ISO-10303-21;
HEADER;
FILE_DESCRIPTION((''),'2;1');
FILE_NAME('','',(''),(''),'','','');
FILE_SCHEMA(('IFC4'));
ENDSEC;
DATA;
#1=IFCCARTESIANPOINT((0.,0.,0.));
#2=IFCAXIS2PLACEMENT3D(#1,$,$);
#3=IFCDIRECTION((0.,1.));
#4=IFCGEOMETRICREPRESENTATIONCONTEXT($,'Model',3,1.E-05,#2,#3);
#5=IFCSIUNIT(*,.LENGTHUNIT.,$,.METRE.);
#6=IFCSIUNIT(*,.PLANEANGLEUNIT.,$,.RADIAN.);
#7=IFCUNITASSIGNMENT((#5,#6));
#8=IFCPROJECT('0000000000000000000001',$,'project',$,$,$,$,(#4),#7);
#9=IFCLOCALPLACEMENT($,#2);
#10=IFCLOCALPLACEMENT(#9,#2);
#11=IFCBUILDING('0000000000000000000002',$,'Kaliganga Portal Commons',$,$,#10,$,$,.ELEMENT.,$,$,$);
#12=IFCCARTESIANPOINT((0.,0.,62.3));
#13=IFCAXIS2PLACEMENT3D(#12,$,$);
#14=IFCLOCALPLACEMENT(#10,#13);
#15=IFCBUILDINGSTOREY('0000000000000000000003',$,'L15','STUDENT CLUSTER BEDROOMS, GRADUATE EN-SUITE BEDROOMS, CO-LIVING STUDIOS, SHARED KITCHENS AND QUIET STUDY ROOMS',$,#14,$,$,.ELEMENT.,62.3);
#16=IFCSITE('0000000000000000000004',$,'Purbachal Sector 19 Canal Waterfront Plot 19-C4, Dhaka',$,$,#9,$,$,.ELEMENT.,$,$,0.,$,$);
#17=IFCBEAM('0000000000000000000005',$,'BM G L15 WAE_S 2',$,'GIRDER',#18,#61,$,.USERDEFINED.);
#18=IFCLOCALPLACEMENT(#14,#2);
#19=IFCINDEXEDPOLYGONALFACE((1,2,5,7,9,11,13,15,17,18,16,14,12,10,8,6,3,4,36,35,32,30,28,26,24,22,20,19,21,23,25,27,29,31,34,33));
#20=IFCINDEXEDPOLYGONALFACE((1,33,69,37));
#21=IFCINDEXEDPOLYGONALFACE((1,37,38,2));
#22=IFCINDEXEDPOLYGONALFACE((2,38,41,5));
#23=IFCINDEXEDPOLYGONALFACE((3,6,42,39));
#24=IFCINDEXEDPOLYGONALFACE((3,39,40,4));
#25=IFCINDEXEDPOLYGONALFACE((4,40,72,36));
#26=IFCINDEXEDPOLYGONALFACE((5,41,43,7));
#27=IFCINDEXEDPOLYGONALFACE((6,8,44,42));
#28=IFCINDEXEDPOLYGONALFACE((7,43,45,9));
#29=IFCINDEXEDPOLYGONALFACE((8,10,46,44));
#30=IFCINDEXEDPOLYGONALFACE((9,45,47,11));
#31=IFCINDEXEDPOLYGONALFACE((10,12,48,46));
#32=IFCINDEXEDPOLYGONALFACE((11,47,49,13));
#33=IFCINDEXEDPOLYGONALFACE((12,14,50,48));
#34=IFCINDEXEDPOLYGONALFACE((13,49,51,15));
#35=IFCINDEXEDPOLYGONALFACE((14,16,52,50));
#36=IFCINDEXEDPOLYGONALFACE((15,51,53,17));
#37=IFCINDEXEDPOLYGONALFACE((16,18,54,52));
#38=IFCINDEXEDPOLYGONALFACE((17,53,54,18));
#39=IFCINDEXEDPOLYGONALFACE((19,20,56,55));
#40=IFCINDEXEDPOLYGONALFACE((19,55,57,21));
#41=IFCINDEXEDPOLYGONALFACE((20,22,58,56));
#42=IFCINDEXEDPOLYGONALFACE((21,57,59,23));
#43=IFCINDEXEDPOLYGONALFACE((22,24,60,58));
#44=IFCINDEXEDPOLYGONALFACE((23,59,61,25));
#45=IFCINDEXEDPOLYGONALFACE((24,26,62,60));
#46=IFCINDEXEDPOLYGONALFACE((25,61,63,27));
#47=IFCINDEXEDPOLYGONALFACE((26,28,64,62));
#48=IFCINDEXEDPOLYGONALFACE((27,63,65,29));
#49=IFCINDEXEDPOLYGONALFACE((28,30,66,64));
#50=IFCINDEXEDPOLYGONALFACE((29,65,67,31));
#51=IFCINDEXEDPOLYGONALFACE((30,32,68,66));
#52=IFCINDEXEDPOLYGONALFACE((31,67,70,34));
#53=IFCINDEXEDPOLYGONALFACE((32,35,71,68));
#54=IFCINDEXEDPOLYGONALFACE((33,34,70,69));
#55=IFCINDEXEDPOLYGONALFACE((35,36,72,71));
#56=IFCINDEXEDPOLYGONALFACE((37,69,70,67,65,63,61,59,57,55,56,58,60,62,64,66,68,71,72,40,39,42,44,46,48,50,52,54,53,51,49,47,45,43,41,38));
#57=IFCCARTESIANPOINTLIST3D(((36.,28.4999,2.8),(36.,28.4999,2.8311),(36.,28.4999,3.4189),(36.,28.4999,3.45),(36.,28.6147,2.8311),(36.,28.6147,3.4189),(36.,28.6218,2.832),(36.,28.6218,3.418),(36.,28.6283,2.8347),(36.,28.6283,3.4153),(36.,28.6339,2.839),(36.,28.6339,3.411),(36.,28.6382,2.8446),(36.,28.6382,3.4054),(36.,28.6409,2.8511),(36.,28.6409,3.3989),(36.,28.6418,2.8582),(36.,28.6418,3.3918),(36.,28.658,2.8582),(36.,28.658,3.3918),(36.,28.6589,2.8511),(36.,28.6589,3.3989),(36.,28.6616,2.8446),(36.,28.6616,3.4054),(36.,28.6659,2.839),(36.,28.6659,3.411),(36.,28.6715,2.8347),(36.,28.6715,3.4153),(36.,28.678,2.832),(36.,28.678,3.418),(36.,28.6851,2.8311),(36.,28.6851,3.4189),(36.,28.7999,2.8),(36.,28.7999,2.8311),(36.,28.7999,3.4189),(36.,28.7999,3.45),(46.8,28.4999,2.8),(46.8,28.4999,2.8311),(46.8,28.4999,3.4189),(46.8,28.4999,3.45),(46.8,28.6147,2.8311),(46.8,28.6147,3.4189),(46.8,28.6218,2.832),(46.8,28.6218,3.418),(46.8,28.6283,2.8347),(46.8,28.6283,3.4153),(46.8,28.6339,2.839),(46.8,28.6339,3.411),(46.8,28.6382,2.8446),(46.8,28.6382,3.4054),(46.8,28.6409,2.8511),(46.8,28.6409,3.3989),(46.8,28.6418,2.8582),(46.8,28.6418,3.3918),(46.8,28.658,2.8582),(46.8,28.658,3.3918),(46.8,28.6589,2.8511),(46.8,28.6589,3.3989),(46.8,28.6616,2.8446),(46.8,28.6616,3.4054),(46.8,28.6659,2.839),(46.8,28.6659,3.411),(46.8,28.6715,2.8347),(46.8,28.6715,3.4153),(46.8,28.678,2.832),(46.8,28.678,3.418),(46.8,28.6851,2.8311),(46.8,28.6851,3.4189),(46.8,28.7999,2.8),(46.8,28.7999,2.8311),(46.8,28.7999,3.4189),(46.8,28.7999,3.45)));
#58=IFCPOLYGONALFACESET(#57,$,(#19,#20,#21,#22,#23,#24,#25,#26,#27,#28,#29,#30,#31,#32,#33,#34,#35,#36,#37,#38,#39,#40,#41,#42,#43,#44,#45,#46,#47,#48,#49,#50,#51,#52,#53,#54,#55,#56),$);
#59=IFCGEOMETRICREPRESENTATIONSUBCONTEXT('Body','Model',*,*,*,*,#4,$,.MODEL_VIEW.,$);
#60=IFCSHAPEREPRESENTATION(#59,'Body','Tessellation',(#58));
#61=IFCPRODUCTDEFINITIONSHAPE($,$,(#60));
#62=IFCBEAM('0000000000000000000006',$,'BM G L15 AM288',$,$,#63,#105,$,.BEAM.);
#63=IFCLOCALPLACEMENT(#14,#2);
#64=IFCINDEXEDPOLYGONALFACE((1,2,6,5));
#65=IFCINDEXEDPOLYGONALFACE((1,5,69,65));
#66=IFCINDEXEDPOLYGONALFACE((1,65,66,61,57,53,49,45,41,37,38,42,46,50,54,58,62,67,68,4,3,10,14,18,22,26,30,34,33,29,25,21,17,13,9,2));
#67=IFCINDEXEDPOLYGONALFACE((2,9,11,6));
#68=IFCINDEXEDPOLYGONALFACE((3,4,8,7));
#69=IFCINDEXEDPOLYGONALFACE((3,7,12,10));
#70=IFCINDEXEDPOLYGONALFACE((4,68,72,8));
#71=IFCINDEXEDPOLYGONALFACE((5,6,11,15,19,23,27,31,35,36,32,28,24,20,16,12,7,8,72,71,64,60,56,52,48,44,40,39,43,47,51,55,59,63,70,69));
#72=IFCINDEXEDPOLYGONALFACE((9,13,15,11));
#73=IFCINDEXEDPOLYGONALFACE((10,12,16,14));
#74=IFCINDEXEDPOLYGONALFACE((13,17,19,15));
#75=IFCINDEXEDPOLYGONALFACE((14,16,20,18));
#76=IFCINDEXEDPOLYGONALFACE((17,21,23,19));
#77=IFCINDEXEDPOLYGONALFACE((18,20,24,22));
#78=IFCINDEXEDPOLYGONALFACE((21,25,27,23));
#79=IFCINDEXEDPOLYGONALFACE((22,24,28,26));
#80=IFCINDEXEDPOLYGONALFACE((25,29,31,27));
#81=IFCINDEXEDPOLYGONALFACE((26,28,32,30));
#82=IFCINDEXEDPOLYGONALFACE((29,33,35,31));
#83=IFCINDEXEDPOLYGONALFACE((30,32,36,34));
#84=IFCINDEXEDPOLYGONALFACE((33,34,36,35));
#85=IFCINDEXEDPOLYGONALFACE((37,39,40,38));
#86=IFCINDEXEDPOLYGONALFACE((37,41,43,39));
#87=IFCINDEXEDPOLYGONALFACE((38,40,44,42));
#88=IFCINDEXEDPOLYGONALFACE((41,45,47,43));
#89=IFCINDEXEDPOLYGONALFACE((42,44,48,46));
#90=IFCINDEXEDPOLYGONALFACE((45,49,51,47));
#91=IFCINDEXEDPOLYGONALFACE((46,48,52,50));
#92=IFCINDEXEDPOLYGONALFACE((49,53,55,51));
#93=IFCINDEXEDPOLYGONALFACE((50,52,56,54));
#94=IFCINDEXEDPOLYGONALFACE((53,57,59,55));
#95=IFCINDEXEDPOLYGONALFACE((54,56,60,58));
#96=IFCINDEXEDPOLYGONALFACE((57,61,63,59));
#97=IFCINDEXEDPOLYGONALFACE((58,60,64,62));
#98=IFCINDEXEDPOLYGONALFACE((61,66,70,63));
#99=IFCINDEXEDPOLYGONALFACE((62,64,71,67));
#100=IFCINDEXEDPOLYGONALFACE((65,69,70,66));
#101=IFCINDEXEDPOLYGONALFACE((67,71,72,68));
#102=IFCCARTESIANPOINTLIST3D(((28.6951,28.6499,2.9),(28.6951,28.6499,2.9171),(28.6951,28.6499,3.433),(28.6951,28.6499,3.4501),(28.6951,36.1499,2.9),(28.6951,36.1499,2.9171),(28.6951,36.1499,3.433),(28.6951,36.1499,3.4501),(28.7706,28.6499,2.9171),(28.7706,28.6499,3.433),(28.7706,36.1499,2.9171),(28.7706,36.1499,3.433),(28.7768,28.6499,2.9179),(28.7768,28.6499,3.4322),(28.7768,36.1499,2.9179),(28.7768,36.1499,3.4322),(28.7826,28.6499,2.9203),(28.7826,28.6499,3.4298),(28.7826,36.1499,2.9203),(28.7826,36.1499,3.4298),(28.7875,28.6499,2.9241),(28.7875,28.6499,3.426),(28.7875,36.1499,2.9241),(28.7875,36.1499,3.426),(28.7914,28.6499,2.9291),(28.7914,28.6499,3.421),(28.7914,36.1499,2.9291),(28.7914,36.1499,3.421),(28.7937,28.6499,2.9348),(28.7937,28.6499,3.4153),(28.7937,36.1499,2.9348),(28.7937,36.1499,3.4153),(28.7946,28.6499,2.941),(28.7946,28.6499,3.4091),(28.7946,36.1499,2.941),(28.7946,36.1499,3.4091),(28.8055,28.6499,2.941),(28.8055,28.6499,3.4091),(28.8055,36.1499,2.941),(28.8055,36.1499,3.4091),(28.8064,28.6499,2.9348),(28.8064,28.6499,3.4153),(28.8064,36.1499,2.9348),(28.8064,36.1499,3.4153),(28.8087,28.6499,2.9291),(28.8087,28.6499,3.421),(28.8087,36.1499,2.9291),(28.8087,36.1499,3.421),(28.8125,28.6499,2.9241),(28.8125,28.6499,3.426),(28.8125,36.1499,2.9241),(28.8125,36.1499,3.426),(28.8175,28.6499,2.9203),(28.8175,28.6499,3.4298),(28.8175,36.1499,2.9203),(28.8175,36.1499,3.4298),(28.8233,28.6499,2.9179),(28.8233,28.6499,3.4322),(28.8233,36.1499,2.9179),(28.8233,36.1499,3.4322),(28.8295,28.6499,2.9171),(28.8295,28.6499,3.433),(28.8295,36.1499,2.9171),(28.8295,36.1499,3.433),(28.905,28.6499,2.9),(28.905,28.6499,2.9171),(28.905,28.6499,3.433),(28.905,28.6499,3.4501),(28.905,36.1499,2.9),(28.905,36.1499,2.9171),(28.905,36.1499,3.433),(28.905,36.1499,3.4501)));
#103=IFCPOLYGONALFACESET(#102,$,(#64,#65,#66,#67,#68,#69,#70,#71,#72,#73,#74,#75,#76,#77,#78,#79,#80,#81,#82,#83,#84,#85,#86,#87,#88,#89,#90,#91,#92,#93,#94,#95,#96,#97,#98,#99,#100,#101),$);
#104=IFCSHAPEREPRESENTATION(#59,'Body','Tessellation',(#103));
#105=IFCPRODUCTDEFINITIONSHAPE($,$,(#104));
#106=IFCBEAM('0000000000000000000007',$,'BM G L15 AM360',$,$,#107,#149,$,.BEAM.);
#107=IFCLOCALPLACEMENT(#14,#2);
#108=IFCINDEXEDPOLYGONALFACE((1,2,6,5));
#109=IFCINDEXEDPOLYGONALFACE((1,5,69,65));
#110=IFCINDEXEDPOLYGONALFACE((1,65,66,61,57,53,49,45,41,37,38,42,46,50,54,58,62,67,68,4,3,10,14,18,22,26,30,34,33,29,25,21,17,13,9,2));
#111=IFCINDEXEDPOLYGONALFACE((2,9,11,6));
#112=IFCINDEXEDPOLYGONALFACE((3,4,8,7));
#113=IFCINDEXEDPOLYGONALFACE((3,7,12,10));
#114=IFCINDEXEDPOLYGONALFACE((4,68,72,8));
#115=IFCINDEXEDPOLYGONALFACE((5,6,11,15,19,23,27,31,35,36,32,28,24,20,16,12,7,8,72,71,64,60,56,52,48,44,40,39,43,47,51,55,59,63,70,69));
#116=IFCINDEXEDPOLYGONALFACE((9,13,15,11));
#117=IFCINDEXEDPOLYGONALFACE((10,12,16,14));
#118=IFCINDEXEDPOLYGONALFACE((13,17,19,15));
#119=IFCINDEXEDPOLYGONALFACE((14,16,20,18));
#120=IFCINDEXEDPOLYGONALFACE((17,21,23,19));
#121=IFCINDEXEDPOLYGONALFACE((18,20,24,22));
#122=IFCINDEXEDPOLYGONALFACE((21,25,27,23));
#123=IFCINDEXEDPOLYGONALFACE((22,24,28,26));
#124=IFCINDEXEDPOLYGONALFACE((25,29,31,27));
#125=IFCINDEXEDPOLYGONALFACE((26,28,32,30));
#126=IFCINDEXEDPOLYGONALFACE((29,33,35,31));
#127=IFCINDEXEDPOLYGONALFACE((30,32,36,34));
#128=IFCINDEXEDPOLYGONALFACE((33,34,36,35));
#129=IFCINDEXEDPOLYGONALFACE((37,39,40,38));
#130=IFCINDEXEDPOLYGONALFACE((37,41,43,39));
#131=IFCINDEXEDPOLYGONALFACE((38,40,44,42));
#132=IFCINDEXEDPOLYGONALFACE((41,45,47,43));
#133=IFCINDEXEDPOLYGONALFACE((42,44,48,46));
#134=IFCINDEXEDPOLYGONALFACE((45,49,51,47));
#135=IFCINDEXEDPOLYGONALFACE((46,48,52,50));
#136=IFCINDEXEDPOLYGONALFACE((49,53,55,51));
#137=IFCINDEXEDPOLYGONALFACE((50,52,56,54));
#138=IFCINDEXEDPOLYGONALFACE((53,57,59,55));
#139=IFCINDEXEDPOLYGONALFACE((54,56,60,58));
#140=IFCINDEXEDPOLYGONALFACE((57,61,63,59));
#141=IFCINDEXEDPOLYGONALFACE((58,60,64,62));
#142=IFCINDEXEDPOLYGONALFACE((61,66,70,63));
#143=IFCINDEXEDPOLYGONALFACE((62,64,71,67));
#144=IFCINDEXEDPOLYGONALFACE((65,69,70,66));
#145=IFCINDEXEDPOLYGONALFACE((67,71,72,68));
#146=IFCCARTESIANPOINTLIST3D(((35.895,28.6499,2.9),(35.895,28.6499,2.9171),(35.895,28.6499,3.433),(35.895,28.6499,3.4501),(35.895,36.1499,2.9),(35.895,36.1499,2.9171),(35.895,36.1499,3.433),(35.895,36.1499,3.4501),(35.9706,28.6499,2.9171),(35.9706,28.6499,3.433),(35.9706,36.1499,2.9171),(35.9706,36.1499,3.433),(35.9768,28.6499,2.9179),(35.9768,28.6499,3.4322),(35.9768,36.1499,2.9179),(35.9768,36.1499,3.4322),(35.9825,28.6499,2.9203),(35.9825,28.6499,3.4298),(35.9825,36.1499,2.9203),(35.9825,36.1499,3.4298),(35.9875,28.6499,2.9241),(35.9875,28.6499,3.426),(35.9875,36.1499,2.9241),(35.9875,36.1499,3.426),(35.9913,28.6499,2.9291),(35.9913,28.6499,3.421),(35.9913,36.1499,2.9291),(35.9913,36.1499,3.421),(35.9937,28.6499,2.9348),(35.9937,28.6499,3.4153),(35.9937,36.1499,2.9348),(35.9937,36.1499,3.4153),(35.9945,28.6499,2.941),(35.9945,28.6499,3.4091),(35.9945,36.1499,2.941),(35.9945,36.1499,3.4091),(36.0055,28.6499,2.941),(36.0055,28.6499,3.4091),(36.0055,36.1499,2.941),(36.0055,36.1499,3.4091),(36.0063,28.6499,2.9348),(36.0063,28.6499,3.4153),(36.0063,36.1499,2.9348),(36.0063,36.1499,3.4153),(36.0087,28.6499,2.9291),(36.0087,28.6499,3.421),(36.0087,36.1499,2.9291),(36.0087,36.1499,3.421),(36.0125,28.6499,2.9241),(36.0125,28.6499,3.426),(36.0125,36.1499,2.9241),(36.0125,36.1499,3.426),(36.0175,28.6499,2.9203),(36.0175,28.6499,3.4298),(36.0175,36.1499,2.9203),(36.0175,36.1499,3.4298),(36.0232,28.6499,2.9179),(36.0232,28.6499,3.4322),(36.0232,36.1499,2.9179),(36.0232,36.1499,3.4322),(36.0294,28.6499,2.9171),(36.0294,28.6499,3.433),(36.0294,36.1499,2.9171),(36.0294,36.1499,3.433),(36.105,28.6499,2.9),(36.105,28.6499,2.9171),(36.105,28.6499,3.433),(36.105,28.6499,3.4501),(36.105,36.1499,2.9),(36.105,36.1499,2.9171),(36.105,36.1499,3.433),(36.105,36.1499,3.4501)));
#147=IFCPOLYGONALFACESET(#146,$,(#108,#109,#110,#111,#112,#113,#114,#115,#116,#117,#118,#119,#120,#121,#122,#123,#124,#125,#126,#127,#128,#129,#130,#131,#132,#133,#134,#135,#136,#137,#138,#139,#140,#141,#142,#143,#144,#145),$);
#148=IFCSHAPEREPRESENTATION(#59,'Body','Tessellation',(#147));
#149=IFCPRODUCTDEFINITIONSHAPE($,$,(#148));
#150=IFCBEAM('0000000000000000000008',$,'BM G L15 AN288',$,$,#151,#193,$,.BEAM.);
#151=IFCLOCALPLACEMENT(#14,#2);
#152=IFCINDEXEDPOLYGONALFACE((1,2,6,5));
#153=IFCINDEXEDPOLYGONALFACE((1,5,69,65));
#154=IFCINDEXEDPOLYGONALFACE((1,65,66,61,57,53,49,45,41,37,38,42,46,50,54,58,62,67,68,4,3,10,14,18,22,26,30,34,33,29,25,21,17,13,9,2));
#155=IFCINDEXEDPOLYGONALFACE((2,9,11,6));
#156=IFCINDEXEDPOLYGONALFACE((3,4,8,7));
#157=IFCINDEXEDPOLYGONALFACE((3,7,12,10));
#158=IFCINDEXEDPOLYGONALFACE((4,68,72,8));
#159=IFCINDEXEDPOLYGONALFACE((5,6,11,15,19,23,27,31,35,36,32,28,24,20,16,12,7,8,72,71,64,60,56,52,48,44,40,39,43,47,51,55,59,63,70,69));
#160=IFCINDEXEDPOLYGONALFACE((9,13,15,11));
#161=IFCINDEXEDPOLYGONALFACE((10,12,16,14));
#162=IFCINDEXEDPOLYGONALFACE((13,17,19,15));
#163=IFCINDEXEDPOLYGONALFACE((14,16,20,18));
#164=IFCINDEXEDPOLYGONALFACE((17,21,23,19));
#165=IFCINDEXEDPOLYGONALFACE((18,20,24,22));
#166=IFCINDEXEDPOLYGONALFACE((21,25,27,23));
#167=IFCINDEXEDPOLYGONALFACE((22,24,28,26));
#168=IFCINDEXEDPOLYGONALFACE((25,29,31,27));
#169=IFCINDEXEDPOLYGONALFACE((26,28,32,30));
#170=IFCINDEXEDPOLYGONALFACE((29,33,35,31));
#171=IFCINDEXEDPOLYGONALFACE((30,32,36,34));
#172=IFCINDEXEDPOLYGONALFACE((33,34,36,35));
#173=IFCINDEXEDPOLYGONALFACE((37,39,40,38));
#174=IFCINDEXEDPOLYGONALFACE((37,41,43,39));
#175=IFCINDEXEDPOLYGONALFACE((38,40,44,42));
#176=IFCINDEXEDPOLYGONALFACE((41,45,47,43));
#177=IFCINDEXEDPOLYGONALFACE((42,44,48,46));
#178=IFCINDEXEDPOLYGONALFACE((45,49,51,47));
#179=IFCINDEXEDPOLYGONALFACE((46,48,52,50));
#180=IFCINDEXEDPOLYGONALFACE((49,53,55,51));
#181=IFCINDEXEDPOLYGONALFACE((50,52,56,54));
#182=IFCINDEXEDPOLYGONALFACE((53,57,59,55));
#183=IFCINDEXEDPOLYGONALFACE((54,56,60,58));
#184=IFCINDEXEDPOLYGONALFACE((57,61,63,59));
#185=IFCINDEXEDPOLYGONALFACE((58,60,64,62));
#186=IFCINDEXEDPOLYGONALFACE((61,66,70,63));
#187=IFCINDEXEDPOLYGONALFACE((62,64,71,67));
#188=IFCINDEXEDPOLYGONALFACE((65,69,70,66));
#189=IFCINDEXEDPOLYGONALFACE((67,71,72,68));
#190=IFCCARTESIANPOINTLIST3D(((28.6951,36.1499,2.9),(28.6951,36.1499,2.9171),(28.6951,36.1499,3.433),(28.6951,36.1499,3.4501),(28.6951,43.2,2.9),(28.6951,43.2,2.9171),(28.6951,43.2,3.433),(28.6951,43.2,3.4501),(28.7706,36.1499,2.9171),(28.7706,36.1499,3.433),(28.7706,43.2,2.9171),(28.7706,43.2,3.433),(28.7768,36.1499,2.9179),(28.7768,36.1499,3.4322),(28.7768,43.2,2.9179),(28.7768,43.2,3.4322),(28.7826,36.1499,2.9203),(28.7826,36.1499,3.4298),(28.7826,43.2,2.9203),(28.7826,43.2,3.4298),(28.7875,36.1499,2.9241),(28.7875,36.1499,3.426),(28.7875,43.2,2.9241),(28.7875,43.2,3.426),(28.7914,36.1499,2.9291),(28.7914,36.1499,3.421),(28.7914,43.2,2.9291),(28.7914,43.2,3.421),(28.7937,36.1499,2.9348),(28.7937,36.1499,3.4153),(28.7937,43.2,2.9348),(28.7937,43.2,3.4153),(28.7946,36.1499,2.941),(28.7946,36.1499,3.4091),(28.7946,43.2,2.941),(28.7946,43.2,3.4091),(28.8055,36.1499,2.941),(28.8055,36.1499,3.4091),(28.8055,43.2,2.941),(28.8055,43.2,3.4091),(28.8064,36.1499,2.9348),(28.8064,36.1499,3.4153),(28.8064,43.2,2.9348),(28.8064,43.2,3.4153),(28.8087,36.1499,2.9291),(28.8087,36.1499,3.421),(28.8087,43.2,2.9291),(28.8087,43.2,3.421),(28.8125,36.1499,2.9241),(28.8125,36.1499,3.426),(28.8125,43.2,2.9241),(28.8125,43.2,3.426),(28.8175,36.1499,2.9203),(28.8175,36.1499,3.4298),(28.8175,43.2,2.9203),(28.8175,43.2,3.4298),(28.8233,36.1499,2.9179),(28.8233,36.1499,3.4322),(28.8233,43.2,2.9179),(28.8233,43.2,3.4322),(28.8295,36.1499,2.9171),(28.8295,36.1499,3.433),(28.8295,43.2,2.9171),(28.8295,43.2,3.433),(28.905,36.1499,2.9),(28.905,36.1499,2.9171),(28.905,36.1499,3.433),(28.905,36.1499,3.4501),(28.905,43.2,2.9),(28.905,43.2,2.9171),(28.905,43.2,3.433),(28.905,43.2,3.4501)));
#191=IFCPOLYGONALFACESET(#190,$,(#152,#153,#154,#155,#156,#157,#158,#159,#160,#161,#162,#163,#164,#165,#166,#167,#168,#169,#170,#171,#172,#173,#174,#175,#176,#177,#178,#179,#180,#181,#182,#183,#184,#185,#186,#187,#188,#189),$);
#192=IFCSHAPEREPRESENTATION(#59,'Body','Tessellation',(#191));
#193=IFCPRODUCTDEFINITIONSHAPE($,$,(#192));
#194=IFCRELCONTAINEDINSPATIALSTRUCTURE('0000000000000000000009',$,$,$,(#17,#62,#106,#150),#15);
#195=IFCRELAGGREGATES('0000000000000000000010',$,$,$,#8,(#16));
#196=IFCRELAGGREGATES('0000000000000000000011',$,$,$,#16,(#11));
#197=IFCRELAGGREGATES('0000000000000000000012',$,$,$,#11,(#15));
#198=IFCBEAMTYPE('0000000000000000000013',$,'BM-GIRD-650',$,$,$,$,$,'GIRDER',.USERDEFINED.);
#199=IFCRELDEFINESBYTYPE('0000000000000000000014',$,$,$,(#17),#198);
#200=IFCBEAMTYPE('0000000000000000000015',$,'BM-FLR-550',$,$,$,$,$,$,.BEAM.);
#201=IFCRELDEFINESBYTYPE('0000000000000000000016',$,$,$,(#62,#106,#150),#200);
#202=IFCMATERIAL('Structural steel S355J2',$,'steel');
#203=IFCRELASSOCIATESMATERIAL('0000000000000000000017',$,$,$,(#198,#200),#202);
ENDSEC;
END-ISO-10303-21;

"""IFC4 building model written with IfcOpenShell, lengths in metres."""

from ifc_helpers import new_model, si_unit, direction, frame, origin, origin_2d, place, context, subcontext, project, spatial, i_section, extrude, source, transform, mapped, material, material_profile, profile_set, type_object, element, save


model = new_model("IFC4")

# Units and contexts
model_context = context("Model", 3, precision=1e-05, world=origin(), true_north=direction((0.0, 1.0)))
body_context = subcontext(model_context, "Body", "Model", "MODEL_VIEW")
ifc_project = project(units=[si_unit("LENGTHUNIT", "METRE"), si_unit("PLANEANGLEUNIT", "RADIAN")], contexts=[model_context])

# Site, building, storey
site_placement = place(None, origin())
site = spatial("IfcSite", under=ifc_project, at=site_placement, Name="Purbachal Sector 19 Canal Waterfront Plot 19-C4, Dhaka", CompositionType="ELEMENT", RefElevation=0.0)
building_placement = place(site_placement, origin())
building = spatial("IfcBuilding", under=site, at=building_placement, Name="Kaliganga Portal Commons", CompositionType="ELEMENT")
storey_placement = place(building_placement, frame((0.0, 0.0, 62.3)))
storey = spatial("IfcBuildingStorey", under=building, at=storey_placement, Name="L15", Description="STUDENT CLUSTER BEDROOMS, GRADUATE EN-SUITE BEDROOMS, CO-LIVING STUDIOS, SHARED KITCHENS AND QUIET STUDY ROOMS", CompositionType="ELEMENT", Elevation=62.3)

# Beams
ifc_material_1 = material(Name="Structural steel S355J2", Category="steel")
ifc_material_profile_1 = material_profile(ifc_material_1, i_section(OverallWidth=0.3, OverallDepth=0.6499, WebThickness=0.0161, FlangeThickness=0.031, FilletRadius=0.0271, at=origin_2d()), Name="HE 650 B")
ifc_profile_set_1 = profile_set([ifc_material_profile_1], Name="Structural steel S355J2 wide-flange")
beam_type_1 = type_object("IfcBeamType", Name="BM-GIRD-650", ElementType="GIRDER", PredefinedType="USERDEFINED", material=ifc_profile_set_1)
shared_shape_1 = source(origin(), body_context, "Body", "SweptSolid", [
    extrude(i_section(OverallWidth=0.3, OverallDepth=0.6499, WebThickness=0.0161, FlangeThickness=0.031, FilletRadius=0.0271, at=origin_2d()), origin(), (0.0, 0.0, 1.0), 10.8),
])
beam_1_placement = place(storey_placement, frame((36.0, 28.6499, 3.125), z_axis=(1.0, 0.0, 0.0), x_axis=(0.0, 1.0, 0.0)))
element("IfcBeam", 1, at=beam_1_placement, inside=storey, type_object=beam_type_1, Name="BM G L15 WAE_S 2", ObjectType="GIRDER", PredefinedType="USERDEFINED", context=body_context, shape_type="MappedRepresentation", body=[
    mapped(shared_shape_1, transform((0.0, 0.0, 0.0), x_axis=(1.0, 0.0, 0.0), y_axis=(0.0, 1.0, 0.0), z_axis=(0.0, 0.0, 1.0), scale=1.0)),
])
ifc_material_profile_2 = material_profile(ifc_material_1, i_section(OverallWidth=0.21, OverallDepth=0.55, WebThickness=0.011, FlangeThickness=0.0171, FilletRadius=0.0239, at=origin_2d()), Name="IPE 550")
ifc_profile_set_2 = profile_set([ifc_material_profile_2], Name="Structural steel S355J2 wide-flange")
beam_type_2 = type_object("IfcBeamType", Name="BM-FLR-550", PredefinedType="BEAM", material=ifc_profile_set_2)
shared_shape_2 = source(origin(), body_context, "Body", "SweptSolid", [
    extrude(i_section(OverallWidth=0.21, OverallDepth=0.55, WebThickness=0.011, FlangeThickness=0.0171, FilletRadius=0.0239, at=origin_2d()), origin(), (0.0, 0.0, 1.0), 7.5),
])
for number, where, z_axis, x_axis, name in (
    (2, (28.8, 28.6499, 3.175), (0.0, 1.0, 0.0), (-1.0, 0.0, 0.0), "BM G L15 AM288"),
    (3, (36.0, 28.6499, 3.175), (0.0, 1.0, 0.0), (-1.0, 0.0, 0.0), "BM G L15 AM360"),
):
    element("IfcBeam", number, at=place(storey_placement, frame(where, z_axis=z_axis, x_axis=x_axis)), inside=storey, type_object=beam_type_2, Name=name, PredefinedType="BEAM", context=body_context, shape_type="MappedRepresentation", body=[
        mapped(shared_shape_2, transform((0.0, 0.0, 0.0), x_axis=(1.0, 0.0, 0.0), y_axis=(0.0, 1.0, 0.0), z_axis=(0.0, 0.0, 1.0), scale=1.0)),
    ])
shared_shape_3 = source(origin(), body_context, "Body", "SweptSolid", [
    extrude(i_section(OverallWidth=0.21, OverallDepth=0.55, WebThickness=0.011, FlangeThickness=0.0171, FilletRadius=0.0239, at=origin_2d()), origin(), (0.0, 0.0, 1.0), 7.05),
])
beam_2_placement = place(storey_placement, frame((28.8, 36.1499, 3.175), z_axis=(0.0, 1.0, 0.0), x_axis=(-1.0, 0.0, 0.0)))
element("IfcBeam", 4, at=beam_2_placement, inside=storey, type_object=beam_type_2, Name="BM G L15 AN288", PredefinedType="BEAM", context=body_context, shape_type="MappedRepresentation", body=[
    mapped(shared_shape_3, transform((0.0, 0.0, 0.0), x_axis=(1.0, 0.0, 0.0), y_axis=(0.0, 1.0, 0.0), z_axis=(0.0, 0.0, 1.0), scale=1.0)),
])

save(model, "model.ifc")
